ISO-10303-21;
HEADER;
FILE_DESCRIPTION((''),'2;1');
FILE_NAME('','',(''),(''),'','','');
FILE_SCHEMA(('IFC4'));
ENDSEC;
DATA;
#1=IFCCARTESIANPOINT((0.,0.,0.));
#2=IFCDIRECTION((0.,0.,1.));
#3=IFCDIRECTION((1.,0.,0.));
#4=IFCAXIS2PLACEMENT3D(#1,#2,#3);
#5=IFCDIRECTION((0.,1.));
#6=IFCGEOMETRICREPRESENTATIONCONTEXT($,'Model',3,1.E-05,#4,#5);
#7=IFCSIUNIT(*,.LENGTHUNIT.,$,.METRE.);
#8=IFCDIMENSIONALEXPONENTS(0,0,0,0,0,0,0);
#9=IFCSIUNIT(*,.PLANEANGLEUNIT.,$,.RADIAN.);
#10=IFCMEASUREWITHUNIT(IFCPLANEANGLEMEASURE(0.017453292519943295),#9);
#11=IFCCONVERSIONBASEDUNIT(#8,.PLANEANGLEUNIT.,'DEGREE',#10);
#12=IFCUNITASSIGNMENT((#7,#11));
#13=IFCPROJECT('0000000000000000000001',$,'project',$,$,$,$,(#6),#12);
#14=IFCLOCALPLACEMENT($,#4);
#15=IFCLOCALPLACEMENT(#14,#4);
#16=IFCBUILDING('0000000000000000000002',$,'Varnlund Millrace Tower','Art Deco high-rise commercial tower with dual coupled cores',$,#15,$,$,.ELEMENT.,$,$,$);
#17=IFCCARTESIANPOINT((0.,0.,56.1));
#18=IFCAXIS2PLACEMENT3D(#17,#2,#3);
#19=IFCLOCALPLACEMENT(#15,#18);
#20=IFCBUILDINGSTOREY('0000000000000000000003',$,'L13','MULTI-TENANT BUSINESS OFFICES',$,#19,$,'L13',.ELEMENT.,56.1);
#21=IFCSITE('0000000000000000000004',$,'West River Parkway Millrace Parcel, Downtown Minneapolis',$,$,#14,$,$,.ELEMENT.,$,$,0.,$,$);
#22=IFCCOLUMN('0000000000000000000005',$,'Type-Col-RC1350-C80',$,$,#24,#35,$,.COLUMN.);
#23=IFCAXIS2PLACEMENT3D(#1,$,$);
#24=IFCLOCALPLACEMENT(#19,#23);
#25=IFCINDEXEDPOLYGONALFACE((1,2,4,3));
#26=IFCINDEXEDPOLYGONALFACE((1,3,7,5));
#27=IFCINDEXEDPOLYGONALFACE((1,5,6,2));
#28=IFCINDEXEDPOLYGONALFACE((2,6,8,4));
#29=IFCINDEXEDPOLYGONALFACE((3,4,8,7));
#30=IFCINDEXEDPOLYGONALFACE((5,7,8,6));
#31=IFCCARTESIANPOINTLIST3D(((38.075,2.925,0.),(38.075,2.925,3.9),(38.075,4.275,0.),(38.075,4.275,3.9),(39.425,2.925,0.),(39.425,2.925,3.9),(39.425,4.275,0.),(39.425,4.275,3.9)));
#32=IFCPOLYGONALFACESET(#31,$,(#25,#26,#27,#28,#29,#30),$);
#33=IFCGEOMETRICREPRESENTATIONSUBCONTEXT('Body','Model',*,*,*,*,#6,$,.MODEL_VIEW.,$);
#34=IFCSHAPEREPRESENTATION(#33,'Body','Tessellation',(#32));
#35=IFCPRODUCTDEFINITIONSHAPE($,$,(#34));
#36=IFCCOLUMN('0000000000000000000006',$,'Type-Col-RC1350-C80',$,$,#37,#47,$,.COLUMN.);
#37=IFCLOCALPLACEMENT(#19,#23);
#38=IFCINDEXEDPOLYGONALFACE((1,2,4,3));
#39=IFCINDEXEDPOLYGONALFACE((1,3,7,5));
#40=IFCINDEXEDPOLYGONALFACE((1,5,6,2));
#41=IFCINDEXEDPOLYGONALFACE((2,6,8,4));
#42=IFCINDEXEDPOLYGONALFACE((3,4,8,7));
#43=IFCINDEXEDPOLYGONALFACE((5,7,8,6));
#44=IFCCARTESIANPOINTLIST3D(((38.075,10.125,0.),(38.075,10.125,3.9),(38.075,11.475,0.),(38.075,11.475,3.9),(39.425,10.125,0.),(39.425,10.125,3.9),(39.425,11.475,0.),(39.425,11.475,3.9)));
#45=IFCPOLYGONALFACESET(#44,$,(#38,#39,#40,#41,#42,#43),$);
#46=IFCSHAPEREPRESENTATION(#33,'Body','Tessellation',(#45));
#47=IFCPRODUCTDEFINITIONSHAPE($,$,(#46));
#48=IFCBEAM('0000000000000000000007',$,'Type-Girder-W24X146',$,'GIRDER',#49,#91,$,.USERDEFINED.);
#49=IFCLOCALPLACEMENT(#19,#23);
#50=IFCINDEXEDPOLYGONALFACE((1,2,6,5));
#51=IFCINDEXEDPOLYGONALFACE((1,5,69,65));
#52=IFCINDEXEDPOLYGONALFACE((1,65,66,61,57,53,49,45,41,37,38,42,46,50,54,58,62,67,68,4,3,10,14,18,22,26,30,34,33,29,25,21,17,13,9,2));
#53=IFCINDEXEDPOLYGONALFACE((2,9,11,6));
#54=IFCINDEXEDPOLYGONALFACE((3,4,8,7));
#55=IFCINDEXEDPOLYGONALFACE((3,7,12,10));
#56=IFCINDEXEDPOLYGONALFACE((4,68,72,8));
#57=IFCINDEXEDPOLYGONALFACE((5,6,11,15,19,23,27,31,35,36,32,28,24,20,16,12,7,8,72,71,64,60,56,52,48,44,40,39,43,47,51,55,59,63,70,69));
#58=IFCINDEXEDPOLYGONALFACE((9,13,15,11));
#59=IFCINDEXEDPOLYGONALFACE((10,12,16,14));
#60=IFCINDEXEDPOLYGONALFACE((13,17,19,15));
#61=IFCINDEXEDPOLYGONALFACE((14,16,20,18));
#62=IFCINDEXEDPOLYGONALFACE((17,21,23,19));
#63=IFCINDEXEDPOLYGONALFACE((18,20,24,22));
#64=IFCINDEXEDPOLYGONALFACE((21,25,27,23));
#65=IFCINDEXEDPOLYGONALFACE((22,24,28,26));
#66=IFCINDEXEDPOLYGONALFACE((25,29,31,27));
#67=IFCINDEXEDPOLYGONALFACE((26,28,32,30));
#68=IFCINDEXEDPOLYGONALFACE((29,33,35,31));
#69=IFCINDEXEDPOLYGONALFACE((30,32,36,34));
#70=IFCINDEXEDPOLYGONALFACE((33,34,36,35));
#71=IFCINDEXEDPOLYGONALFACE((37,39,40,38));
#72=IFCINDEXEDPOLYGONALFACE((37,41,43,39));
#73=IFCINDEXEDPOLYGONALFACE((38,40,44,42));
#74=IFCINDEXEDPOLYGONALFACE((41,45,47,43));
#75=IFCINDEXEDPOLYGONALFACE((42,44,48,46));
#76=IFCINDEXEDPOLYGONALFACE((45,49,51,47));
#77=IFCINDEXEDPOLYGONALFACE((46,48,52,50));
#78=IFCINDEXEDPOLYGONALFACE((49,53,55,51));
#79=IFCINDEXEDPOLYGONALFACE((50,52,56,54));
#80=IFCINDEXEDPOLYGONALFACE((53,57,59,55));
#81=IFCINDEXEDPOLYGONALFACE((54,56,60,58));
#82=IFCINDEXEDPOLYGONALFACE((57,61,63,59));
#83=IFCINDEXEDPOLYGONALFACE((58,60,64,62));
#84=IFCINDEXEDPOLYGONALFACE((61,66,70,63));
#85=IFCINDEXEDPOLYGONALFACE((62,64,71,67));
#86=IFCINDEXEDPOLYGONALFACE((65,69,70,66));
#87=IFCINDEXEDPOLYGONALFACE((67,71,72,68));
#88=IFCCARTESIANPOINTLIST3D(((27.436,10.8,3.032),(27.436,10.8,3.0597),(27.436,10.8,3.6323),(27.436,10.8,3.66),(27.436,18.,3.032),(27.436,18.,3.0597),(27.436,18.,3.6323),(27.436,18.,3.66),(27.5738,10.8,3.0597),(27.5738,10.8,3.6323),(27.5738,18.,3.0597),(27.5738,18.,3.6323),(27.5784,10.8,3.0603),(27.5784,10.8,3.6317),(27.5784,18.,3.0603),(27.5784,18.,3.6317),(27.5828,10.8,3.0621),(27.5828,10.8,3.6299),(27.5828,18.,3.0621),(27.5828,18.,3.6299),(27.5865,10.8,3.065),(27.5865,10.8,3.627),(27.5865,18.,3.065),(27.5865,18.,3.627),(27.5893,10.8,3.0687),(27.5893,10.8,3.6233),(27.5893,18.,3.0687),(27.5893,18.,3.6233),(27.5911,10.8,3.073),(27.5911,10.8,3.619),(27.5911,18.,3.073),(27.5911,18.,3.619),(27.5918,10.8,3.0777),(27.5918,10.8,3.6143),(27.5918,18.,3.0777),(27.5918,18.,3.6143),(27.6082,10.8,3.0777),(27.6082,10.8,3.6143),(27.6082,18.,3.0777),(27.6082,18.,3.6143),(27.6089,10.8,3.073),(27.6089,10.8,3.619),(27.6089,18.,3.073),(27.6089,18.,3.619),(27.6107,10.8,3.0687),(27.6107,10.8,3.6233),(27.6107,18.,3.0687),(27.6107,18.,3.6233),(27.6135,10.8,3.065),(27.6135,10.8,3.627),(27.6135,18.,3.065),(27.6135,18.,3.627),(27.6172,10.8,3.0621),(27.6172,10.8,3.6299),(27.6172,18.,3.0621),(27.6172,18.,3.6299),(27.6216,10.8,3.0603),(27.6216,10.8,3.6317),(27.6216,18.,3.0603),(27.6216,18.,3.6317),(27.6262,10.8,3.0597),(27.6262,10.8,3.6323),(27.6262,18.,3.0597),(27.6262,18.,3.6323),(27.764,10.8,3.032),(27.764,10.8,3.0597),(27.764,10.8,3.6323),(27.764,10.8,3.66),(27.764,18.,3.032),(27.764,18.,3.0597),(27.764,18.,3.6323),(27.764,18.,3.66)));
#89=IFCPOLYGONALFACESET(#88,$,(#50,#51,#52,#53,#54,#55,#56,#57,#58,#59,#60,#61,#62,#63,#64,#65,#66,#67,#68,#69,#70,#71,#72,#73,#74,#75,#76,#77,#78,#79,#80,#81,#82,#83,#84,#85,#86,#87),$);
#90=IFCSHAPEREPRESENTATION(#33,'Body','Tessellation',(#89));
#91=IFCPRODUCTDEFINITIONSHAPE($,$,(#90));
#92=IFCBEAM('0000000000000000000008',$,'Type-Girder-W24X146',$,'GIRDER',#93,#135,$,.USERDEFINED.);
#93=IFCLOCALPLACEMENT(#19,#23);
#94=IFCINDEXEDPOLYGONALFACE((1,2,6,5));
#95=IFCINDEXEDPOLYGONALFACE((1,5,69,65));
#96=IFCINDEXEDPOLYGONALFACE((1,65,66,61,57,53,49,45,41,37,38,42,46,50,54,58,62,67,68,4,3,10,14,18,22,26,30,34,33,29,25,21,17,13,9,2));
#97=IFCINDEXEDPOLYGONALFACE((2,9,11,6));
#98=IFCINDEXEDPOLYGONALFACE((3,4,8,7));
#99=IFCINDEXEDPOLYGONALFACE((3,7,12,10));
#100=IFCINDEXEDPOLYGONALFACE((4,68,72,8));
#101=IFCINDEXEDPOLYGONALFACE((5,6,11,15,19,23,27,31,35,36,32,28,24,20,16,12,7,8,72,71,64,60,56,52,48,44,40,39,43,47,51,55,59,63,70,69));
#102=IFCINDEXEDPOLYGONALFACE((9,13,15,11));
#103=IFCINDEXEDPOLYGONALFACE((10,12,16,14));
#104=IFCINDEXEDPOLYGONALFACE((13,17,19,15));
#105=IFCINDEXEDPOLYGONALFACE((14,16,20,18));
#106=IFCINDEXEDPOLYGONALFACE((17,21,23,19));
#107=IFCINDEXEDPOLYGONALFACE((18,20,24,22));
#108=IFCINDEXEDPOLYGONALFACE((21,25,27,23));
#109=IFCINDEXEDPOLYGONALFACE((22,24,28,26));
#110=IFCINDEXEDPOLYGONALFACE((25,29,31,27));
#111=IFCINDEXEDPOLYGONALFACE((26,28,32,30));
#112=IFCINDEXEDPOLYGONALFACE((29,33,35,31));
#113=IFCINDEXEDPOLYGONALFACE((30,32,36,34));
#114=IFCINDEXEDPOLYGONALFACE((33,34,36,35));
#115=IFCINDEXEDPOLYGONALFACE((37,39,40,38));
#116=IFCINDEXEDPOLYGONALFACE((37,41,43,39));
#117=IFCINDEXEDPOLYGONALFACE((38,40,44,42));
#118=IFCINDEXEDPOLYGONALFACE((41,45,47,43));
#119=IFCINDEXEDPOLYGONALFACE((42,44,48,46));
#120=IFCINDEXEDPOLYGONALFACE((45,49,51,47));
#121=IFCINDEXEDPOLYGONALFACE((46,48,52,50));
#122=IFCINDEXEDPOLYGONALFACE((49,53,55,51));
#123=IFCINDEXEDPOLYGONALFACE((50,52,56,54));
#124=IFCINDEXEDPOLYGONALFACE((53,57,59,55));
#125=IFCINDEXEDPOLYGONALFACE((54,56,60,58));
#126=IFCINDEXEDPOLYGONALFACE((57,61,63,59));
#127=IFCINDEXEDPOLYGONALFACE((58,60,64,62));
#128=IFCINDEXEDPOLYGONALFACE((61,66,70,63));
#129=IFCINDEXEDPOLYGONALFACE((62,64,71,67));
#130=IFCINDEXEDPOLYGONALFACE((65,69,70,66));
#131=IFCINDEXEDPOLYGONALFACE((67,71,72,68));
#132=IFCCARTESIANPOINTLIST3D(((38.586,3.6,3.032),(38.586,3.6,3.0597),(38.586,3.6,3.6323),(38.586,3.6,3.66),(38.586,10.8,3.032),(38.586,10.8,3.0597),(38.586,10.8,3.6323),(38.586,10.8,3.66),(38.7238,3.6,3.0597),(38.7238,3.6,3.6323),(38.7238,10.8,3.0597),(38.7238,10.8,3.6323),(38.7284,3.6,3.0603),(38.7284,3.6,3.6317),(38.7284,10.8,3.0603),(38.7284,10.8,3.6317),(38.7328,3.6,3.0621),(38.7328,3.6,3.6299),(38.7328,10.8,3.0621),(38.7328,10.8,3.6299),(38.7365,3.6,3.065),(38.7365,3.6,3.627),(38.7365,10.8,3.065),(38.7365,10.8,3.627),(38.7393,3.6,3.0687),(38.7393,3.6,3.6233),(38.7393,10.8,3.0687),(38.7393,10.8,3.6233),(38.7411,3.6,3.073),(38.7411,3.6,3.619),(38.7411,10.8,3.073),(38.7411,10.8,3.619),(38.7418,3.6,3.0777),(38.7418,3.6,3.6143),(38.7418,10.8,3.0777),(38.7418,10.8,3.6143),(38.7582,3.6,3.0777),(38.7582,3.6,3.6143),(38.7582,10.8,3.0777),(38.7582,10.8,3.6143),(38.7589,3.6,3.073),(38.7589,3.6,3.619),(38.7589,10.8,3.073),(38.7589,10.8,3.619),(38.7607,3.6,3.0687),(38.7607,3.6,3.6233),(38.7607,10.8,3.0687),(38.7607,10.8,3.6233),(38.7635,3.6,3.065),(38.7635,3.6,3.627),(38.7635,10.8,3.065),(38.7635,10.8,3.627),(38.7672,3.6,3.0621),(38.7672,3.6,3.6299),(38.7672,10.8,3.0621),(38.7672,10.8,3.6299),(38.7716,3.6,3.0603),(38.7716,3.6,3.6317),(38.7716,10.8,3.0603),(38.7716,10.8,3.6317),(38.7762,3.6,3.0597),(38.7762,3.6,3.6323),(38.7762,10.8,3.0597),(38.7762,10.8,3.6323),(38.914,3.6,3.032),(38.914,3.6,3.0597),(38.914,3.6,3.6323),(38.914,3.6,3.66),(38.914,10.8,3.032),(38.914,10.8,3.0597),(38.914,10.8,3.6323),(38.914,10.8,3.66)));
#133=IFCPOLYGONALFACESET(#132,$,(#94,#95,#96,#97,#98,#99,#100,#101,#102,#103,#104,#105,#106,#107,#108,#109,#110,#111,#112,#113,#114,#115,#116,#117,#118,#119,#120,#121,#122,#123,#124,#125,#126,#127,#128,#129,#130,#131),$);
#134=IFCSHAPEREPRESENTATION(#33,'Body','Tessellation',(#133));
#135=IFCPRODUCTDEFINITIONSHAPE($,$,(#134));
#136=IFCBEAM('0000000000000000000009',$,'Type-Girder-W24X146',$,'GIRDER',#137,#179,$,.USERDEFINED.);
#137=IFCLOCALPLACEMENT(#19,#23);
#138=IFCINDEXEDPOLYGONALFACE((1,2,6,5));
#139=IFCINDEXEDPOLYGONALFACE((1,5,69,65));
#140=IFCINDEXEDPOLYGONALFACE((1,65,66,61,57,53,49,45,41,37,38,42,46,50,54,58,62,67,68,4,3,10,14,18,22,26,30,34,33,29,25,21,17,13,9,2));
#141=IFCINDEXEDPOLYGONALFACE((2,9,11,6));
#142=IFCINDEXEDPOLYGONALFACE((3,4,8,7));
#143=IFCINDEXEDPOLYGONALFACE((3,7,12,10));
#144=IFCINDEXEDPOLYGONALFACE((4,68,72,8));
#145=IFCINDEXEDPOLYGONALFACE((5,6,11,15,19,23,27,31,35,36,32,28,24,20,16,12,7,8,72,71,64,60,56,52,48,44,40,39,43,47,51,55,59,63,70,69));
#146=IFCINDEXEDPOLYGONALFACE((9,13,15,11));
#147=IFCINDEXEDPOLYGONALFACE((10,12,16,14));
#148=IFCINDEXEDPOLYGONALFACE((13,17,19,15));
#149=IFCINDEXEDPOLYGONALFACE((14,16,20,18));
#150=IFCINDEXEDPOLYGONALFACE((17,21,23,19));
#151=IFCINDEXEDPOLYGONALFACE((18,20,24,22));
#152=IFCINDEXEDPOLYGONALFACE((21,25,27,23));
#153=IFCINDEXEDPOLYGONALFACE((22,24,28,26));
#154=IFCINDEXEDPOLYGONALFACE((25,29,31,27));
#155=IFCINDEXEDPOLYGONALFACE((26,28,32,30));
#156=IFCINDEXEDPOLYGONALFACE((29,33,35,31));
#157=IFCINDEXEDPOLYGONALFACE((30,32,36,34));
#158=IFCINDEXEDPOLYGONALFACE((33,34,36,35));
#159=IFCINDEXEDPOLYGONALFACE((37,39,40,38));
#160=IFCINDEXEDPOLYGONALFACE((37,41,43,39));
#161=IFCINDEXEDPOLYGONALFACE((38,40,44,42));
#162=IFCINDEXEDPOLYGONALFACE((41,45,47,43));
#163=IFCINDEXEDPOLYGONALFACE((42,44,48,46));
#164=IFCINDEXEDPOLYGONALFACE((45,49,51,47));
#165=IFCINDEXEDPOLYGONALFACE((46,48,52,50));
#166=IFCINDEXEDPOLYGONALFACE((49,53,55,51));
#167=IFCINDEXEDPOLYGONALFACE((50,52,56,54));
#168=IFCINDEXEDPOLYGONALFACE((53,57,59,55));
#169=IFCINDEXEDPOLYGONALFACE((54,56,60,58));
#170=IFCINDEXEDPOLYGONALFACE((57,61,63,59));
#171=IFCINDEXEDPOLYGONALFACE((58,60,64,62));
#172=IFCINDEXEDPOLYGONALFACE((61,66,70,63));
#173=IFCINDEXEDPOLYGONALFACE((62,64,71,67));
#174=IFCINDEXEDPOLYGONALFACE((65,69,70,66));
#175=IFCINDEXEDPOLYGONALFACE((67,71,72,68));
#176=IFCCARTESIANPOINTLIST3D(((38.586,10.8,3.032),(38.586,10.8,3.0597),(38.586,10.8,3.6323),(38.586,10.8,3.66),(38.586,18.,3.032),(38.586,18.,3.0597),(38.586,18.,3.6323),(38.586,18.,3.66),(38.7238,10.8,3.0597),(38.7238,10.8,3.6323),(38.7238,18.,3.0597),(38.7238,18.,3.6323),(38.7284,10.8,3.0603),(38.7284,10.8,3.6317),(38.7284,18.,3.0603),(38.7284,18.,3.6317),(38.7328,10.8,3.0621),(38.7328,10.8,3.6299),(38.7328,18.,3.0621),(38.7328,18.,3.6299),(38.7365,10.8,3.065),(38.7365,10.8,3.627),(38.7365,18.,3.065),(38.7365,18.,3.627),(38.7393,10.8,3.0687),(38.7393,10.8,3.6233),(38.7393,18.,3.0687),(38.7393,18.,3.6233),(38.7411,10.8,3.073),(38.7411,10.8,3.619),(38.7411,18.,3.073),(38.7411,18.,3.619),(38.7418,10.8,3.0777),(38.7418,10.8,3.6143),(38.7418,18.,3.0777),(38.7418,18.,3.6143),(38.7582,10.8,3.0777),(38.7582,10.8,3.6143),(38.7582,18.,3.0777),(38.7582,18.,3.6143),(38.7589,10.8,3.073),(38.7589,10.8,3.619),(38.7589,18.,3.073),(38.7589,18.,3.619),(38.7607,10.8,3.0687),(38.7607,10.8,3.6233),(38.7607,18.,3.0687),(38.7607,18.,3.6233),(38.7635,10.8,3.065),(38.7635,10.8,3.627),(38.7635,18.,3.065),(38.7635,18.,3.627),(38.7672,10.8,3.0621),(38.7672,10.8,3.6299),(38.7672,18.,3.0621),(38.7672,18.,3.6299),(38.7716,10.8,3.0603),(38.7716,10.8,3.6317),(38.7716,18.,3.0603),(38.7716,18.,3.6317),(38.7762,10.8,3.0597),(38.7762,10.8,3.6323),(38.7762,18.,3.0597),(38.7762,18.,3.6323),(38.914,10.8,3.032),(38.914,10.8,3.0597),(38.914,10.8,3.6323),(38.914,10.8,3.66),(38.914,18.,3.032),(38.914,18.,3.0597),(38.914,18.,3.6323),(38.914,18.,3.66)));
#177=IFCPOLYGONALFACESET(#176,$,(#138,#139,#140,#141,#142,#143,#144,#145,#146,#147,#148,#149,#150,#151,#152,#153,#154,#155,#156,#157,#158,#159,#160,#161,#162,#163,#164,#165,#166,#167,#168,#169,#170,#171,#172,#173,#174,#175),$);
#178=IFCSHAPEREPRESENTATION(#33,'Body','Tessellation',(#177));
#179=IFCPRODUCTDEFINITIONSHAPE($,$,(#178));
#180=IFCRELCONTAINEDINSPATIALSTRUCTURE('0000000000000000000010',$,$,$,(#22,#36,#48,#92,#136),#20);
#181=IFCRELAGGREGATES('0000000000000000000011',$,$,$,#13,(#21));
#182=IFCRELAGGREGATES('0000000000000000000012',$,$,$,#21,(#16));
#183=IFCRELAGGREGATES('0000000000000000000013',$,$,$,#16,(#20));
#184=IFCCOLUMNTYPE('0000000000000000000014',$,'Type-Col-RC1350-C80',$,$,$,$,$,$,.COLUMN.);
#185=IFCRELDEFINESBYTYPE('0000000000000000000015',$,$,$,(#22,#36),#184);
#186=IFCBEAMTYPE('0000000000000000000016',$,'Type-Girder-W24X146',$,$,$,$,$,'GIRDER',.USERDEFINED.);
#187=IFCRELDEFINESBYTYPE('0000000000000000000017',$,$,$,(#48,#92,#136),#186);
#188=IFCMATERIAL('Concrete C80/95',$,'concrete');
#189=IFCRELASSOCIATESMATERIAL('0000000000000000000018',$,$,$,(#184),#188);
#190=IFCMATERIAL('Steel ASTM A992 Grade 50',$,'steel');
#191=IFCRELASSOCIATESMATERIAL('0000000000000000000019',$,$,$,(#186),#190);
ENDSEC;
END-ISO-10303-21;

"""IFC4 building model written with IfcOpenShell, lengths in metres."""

from ifc_helpers import new_model, entity, si_unit, converted_unit, direction, frame, origin_with_axes, origin_2d_with_axis, place, context, subcontext, project, spatial, rectangle, i_section, extrude, material, material_profile, profile_set, type_object, element, save


model = new_model("IFC4")

# Units and contexts
model_context = context("Model", 3, precision=1e-05, world=origin_with_axes(), true_north=direction((0.0, 1.0)))
body_context = subcontext(model_context, "Body", "Model", "MODEL_VIEW")
ifc_project = project(units=[si_unit("LENGTHUNIT", "METRE"), converted_unit("PLANEANGLEUNIT", "DEGREE", entity("IfcPlaneAngleMeasure", 0.017453292519943295), si_unit("PLANEANGLEUNIT", "RADIAN"), dimensions=[0, 0, 0, 0, 0, 0, 0])], contexts=[model_context])

# Site, building, storey
site_placement = place(None, origin_with_axes())
site = spatial("IfcSite", under=ifc_project, at=site_placement, Name="West River Parkway Millrace Parcel, Downtown Minneapolis", CompositionType="ELEMENT", RefElevation=0.0)
building_placement = place(site_placement, origin_with_axes())
building = spatial("IfcBuilding", under=site, at=building_placement, Name="Varnlund Millrace Tower", Description="Art Deco high-rise commercial tower with dual coupled cores", CompositionType="ELEMENT")
storey_placement = place(building_placement, frame((0.0, 0.0, 56.1), z_axis=(0.0, 0.0, 1.0), x_axis=(1.0, 0.0, 0.0)))
storey = spatial("IfcBuildingStorey", under=building, at=storey_placement, Name="L13", Description="MULTI-TENANT BUSINESS OFFICES", LongName="L13", CompositionType="ELEMENT", Elevation=56.1)

# Columns
ifc_material_1 = material(Name="Concrete C80/95", Category="concrete")
ifc_material_profile_1 = material_profile(ifc_material_1, rectangle(XDim=1.35, YDim=1.35, at=origin_2d_with_axis()), Name="Concrete C80/95")
ifc_profile_set_1 = profile_set([ifc_material_profile_1], Name="Concrete C80/95")
column_type = type_object("IfcColumnType", Name="Type-Col-RC1350-C80", PredefinedType="COLUMN", material=ifc_profile_set_1)
for number, where, z_axis, x_axis, name in (
    (1, (38.75, 3.6, 0.0), (0.0, 0.0, 1.0), (1.0, 0.0, 0.0), "Type-Col-RC1350-C80"),
    (2, (38.75, 10.8, 0.0), (0.0, 0.0, 1.0), (1.0, 0.0, 0.0), "Type-Col-RC1350-C80"),
):
    element("IfcColumn", number, at=place(storey_placement, frame(where, z_axis=z_axis, x_axis=x_axis)), inside=storey, type_object=column_type, Name=name, PredefinedType="COLUMN", context=body_context, shape_type="SweptSolid", body=[
        extrude(rectangle(XDim=1.35, YDim=1.35, at=origin_2d_with_axis()), origin_with_axes(), (0.0, 0.0, 1.0), 3.9),
    ])

# Beams
ifc_material_2 = material(Name="Steel ASTM A992 Grade 50", Category="steel")
ifc_material_profile_2 = material_profile(ifc_material_2, i_section(OverallWidth=0.328, OverallDepth=0.628, WebThickness=0.0165, FlangeThickness=0.0277, FilletRadius=0.018, at=origin_2d_with_axis()), Name="Steel ASTM A992 Grade 50")
ifc_profile_set_2 = profile_set([ifc_material_profile_2], Name="Steel ASTM A992 Grade 50")
beam_type_1 = type_object("IfcBeamType", Name="Type-Girder-W24X146", ElementType="GIRDER", PredefinedType="USERDEFINED", material=ifc_profile_set_2)
for number, where, z_axis, x_axis, name in (
    (3, (27.6, 10.8, 3.346), (0.0, 1.0, 0.0), (-1.0, 0.0, 0.0), "Type-Girder-W24X146"),
    (4, (38.75, 3.6, 3.346), (0.0, 1.0, 0.0), (-1.0, 0.0, 0.0), "Type-Girder-W24X146"),
    (5, (38.75, 10.8, 3.346), (0.0, 1.0, 0.0), (-1.0, 0.0, 0.0), "Type-Girder-W24X146"),
):
    element("IfcBeam", number, at=place(storey_placement, frame(where, z_axis=z_axis, x_axis=x_axis)), inside=storey, type_object=beam_type_1, Name=name, ObjectType="GIRDER", PredefinedType="USERDEFINED", context=body_context, shape_type="SweptSolid", body=[
        extrude(i_section(OverallWidth=0.328, OverallDepth=0.628, WebThickness=0.0165, FlangeThickness=0.0277, FilletRadius=0.018, at=origin_2d_with_axis()), origin_with_axes(), (0.0, 0.0, 1.0), 7.2),
    ])

save(model, "model.ifc")
